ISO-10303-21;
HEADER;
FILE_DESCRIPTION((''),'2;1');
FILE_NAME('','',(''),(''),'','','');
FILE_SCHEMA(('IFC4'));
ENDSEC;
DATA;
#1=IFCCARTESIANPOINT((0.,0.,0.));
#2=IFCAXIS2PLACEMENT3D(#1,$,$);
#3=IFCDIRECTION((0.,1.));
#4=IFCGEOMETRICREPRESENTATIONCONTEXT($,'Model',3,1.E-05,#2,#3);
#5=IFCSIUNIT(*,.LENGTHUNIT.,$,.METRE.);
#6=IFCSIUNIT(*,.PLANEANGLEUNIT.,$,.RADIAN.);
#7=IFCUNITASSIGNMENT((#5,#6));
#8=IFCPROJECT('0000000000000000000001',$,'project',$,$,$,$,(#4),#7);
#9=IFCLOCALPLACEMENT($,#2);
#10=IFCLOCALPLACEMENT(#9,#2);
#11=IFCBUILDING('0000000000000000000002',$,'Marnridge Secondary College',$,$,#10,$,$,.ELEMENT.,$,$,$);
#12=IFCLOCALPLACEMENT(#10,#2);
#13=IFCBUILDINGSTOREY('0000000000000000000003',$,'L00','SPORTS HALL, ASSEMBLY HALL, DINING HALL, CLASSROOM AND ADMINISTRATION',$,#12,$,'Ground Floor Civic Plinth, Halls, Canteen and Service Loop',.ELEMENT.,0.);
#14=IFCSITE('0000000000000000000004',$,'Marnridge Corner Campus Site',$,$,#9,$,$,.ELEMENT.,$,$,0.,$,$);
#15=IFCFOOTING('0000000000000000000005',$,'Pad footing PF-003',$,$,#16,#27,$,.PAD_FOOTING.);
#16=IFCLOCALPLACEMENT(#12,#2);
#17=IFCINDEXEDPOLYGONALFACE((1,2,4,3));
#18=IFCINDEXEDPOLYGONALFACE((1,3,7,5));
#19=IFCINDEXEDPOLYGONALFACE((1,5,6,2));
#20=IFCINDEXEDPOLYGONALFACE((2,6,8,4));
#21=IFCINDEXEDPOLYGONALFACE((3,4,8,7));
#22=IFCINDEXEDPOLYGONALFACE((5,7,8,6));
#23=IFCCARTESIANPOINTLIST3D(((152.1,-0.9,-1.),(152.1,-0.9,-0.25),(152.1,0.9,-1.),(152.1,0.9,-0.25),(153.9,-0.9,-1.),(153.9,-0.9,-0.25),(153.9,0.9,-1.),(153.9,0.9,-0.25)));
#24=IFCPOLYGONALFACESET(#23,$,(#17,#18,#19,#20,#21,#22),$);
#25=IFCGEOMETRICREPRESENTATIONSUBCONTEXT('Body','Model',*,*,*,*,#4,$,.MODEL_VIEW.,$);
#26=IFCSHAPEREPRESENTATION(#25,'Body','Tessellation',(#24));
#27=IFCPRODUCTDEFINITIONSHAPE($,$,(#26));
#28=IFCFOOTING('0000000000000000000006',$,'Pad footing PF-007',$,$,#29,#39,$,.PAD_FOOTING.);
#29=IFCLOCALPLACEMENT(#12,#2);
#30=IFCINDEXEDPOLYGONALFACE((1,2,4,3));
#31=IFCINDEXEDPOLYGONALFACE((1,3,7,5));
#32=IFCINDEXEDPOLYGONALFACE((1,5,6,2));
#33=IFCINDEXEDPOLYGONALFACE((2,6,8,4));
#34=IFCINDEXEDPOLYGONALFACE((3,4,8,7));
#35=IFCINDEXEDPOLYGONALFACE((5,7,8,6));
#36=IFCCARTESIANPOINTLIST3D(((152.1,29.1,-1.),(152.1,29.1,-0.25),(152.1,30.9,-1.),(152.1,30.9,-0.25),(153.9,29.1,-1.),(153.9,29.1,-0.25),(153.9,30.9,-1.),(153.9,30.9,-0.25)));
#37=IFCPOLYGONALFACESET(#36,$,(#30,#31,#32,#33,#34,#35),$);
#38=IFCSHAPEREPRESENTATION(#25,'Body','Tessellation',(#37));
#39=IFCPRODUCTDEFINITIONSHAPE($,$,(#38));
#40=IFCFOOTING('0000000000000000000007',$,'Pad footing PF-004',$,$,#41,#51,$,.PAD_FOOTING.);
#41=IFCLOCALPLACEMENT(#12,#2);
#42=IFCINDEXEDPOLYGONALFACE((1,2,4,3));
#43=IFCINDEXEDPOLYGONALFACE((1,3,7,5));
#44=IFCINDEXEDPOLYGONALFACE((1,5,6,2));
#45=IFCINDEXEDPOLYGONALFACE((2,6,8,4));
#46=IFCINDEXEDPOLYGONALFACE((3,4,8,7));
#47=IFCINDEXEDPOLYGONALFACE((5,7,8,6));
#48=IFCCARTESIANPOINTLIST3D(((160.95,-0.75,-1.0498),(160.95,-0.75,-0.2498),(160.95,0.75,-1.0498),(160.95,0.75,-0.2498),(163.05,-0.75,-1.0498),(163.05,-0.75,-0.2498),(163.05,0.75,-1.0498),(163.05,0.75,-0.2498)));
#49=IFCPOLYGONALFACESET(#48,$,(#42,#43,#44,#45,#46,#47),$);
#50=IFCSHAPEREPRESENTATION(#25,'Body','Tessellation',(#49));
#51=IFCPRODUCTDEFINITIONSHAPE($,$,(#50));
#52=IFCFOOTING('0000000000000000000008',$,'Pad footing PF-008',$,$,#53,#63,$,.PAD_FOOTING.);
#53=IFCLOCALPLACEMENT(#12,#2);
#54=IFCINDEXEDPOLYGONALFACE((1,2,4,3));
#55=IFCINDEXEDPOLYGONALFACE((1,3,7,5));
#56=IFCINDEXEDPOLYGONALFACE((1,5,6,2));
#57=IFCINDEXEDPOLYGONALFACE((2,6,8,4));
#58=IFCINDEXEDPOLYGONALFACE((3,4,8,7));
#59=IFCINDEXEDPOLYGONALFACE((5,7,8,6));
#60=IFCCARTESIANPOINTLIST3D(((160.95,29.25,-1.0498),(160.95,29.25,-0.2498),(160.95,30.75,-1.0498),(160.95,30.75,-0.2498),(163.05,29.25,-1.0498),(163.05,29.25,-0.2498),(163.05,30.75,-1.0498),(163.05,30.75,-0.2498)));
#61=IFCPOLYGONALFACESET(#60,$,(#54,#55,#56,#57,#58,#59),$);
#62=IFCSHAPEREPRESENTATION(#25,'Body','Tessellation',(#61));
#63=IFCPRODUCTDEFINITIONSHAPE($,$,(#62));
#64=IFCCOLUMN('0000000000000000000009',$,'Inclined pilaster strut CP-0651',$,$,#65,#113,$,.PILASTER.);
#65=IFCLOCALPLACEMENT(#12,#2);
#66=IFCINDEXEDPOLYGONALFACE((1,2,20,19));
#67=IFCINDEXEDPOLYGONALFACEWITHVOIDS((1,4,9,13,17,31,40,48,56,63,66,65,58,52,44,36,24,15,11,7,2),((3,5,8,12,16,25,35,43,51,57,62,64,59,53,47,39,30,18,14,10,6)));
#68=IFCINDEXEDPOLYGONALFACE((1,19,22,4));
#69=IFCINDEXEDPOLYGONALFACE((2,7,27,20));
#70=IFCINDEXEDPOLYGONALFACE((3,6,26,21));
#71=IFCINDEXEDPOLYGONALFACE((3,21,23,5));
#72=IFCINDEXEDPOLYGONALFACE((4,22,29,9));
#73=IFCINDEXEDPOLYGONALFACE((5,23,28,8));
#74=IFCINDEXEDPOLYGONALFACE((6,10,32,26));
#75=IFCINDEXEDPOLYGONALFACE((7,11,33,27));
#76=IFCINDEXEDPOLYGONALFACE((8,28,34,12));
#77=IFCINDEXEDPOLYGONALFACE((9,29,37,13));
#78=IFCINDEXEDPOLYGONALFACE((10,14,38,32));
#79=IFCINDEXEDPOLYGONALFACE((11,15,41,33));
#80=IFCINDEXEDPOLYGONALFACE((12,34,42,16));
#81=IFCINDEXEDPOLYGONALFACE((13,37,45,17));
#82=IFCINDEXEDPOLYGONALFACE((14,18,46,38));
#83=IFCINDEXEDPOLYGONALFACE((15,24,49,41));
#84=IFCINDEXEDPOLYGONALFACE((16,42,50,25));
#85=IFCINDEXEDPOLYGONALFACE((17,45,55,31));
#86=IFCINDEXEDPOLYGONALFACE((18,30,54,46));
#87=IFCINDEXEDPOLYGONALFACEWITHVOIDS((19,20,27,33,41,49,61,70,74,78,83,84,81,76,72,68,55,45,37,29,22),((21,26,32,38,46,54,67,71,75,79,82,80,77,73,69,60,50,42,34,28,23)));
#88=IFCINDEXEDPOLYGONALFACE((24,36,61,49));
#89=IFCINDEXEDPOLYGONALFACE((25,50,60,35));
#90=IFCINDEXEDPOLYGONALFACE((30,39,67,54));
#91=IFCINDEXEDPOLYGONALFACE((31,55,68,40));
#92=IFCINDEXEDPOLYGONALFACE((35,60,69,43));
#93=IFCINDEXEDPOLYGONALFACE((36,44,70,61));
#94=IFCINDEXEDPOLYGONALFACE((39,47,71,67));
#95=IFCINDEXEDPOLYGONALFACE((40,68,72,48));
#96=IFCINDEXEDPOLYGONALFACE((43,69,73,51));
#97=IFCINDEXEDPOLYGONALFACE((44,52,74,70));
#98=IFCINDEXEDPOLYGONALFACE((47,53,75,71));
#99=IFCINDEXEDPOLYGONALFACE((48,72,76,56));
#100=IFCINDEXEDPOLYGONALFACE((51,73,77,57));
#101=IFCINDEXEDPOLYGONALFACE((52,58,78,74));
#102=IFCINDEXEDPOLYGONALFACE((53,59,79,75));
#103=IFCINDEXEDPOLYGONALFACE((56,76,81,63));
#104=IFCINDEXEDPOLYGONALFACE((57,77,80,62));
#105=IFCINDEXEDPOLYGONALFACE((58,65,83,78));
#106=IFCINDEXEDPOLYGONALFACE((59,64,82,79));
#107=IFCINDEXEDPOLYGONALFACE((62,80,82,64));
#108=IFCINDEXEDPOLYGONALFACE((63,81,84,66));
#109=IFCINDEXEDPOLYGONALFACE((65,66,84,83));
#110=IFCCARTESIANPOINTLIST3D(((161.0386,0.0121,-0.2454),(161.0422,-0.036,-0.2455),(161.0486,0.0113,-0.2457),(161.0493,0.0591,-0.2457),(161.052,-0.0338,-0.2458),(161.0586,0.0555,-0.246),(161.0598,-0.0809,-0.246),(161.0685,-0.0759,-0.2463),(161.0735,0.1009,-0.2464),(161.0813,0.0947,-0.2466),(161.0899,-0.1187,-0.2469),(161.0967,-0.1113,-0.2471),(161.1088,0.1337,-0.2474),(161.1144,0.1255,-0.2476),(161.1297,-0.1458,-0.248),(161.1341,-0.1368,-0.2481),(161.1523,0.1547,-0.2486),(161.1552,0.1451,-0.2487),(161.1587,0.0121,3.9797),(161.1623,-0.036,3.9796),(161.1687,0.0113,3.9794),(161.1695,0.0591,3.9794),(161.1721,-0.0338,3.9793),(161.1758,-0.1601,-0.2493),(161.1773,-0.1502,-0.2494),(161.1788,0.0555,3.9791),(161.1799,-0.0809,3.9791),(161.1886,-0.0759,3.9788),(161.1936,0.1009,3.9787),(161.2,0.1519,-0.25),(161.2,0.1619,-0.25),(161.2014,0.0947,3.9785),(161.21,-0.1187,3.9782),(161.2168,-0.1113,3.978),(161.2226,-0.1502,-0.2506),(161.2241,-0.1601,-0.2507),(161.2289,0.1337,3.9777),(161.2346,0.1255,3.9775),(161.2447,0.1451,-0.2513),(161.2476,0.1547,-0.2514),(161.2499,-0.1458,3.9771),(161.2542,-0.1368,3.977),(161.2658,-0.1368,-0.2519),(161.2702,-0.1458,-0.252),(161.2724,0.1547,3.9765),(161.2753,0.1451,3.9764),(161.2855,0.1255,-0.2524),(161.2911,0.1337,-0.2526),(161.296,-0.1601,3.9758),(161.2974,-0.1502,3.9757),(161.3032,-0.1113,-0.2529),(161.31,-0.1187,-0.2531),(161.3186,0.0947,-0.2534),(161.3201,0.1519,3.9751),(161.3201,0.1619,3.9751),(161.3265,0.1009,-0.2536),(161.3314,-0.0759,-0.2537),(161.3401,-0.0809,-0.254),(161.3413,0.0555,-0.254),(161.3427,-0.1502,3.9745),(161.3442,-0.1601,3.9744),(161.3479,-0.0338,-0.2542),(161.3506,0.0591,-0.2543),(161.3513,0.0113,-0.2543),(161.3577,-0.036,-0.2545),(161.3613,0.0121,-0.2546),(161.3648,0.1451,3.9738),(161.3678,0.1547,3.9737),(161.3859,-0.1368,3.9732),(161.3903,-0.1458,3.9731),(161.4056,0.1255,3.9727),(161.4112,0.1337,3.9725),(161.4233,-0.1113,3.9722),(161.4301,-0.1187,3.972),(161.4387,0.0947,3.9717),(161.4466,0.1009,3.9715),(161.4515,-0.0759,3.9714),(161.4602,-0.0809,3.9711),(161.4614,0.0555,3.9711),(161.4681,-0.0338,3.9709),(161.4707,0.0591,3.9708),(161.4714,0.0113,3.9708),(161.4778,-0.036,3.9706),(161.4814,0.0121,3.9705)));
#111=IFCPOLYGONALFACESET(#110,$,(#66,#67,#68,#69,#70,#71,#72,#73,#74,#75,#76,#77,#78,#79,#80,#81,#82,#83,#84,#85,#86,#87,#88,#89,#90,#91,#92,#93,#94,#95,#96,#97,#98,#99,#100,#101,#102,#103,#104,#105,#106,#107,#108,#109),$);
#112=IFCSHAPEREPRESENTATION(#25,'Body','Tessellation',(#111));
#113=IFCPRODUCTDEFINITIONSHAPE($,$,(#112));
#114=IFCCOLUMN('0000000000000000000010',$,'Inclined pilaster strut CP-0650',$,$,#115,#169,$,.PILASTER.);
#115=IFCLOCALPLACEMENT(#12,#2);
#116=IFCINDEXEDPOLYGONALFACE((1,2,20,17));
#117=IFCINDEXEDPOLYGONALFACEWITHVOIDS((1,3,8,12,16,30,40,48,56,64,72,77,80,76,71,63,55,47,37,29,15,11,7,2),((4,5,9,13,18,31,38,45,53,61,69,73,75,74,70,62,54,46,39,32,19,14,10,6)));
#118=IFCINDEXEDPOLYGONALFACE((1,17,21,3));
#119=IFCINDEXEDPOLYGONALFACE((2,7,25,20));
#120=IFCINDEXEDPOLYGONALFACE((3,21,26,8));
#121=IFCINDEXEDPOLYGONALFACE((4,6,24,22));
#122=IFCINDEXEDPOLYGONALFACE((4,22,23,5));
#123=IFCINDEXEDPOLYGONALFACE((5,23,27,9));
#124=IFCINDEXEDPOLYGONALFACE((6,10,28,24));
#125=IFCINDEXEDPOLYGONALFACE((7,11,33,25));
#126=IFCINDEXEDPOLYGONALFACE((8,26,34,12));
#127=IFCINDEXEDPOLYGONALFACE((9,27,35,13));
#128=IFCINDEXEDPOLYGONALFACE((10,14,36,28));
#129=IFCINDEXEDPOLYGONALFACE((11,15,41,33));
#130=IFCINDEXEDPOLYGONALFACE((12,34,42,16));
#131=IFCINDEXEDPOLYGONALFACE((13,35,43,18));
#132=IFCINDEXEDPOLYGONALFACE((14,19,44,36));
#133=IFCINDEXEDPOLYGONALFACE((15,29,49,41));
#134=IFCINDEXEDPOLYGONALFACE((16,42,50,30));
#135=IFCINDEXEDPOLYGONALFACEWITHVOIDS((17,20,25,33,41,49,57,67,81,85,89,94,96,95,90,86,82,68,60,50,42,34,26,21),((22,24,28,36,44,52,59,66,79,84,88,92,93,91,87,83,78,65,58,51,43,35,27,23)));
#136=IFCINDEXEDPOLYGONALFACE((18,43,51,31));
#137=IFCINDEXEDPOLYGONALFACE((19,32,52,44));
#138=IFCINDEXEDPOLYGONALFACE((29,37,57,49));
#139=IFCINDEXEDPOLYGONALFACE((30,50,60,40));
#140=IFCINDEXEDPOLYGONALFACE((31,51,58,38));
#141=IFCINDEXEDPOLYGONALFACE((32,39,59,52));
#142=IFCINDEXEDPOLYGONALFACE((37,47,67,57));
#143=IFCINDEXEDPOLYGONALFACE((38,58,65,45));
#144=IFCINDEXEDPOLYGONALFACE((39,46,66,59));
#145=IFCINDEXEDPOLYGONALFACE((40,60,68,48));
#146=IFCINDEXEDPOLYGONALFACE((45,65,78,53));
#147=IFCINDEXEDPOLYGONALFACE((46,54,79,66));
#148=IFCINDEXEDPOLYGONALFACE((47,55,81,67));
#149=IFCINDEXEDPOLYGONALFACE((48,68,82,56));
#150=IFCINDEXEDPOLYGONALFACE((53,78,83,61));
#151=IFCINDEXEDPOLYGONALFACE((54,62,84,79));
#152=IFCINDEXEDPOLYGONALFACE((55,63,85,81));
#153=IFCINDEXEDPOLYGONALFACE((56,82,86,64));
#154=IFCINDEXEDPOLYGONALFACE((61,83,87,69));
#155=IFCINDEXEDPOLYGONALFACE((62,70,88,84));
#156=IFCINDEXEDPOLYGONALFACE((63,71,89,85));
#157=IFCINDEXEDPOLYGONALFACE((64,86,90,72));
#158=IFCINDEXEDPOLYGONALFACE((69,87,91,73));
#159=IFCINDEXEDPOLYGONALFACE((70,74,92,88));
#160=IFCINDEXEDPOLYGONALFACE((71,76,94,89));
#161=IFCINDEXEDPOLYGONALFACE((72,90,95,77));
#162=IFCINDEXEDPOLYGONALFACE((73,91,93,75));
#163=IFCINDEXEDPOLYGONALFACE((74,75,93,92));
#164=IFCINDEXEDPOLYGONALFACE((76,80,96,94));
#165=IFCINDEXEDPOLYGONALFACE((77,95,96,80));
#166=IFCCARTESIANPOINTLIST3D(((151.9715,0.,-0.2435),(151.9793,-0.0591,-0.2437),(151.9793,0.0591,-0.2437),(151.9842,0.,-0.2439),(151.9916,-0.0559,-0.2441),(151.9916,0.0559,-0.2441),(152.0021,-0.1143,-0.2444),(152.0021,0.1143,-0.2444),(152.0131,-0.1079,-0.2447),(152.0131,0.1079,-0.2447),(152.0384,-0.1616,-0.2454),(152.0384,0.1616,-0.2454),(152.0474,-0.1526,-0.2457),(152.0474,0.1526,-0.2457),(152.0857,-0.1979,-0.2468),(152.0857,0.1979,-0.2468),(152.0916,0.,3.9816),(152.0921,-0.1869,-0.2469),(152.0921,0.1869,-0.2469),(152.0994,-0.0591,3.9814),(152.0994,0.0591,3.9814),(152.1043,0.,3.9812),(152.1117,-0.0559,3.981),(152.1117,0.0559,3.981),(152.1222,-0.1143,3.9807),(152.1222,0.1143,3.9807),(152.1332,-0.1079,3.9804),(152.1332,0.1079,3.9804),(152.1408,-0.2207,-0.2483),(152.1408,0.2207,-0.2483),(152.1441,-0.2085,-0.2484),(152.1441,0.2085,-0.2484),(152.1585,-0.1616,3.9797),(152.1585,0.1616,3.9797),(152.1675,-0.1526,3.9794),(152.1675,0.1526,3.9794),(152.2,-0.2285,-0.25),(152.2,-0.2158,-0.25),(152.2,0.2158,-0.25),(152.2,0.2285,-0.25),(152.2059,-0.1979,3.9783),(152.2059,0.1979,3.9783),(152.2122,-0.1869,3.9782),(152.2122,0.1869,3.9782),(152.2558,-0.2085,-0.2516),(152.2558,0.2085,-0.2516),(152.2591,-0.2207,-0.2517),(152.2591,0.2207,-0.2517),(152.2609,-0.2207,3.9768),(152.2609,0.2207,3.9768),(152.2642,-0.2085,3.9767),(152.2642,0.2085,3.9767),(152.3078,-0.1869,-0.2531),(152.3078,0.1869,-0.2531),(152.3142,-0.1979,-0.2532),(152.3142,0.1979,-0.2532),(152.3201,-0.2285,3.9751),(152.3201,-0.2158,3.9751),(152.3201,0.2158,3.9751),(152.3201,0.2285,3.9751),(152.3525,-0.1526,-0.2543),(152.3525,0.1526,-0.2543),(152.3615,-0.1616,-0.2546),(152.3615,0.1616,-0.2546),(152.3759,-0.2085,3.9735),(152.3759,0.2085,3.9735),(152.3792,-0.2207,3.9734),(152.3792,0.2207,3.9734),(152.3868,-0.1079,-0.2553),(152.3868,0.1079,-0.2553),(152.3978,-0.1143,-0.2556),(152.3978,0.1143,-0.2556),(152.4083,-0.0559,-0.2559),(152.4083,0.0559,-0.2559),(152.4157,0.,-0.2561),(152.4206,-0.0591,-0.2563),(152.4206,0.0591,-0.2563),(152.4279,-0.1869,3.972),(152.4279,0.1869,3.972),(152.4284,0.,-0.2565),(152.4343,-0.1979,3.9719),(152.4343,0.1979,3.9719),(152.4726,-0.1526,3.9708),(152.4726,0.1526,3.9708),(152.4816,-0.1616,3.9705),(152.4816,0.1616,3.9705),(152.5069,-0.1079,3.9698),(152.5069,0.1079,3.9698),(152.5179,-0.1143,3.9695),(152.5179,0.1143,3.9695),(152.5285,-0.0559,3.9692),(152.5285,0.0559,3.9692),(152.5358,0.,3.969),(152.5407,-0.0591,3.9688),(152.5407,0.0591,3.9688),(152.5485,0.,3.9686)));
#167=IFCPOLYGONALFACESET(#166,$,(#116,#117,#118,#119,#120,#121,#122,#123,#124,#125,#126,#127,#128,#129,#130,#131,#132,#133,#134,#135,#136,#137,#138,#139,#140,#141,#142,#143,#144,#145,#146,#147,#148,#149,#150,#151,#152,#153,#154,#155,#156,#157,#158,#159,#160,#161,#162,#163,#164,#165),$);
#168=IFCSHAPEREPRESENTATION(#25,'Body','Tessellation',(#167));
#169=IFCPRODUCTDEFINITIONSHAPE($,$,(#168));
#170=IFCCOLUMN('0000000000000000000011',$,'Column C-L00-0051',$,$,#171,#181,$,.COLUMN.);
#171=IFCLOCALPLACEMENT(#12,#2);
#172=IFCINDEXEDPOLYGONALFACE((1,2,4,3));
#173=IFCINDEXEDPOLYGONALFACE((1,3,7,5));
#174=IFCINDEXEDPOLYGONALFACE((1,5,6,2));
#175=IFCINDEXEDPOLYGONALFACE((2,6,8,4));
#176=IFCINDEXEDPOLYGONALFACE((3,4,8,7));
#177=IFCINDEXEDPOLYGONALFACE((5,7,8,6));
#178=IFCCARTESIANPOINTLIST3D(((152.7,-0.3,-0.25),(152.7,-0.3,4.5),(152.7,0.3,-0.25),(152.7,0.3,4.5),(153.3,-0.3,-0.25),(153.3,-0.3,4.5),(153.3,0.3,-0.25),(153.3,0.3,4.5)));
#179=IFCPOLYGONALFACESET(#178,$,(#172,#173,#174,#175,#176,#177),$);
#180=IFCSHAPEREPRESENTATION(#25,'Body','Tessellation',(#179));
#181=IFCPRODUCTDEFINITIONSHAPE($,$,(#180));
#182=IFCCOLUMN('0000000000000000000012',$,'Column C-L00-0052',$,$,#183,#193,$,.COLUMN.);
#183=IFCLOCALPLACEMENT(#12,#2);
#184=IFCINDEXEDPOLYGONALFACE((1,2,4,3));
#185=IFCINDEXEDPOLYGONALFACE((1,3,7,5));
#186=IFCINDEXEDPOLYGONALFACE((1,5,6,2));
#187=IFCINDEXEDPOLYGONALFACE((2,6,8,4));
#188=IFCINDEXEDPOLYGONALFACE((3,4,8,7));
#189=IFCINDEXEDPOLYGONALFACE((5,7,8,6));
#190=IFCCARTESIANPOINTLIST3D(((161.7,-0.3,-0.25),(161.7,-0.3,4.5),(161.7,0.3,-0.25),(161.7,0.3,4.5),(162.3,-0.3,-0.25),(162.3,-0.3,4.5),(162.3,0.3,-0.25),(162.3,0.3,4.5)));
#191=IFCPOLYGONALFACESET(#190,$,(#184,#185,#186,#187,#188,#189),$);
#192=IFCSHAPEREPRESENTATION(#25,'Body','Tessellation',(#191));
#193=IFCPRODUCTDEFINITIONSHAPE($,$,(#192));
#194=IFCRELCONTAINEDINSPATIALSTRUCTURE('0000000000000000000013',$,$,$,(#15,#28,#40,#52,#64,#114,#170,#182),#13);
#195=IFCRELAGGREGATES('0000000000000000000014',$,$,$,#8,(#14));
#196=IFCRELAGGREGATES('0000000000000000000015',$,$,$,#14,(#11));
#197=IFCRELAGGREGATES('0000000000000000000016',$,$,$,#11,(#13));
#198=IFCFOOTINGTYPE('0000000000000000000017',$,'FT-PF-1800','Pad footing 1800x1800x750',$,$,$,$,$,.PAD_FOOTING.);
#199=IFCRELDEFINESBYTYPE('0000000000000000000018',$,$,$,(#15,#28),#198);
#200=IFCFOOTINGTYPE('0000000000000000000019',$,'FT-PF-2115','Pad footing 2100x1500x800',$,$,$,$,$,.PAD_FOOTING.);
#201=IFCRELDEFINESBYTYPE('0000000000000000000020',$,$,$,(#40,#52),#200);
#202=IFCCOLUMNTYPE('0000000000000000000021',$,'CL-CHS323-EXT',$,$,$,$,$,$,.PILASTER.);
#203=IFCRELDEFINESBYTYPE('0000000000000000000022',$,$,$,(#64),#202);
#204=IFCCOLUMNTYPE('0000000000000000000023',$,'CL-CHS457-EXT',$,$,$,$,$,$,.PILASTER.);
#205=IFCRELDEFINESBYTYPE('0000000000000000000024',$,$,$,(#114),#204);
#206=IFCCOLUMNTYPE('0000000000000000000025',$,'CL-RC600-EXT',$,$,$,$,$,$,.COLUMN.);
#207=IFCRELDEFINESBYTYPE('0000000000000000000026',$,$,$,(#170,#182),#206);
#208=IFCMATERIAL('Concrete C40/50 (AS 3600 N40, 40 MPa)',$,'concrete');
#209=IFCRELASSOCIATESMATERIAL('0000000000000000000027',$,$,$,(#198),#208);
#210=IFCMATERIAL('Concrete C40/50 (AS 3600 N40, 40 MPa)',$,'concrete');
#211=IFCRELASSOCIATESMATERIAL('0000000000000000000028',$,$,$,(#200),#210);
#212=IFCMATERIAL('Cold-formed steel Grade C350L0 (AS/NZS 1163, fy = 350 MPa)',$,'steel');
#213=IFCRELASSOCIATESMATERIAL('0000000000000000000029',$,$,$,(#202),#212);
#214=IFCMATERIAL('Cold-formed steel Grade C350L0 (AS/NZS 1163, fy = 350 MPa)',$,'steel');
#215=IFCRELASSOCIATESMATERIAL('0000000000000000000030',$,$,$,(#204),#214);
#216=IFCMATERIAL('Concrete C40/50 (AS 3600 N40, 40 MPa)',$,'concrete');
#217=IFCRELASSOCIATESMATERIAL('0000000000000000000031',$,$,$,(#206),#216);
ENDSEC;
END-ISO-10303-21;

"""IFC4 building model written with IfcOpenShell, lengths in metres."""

from ifc_helpers import new_model, si_unit, direction, frame, origin, origin_2d, place, context, subcontext, project, spatial, rectangle, hollow_circle, extrude, material, material_profile, profile_set, type_object, element, save


model = new_model("IFC4")

# Units and contexts
model_context = context("Model", 3, precision=1e-05, world=origin(), true_north=direction((0.0, 1.0)))
body_context = subcontext(model_context, "Body", "Model", "MODEL_VIEW")
ifc_project = project(units=[si_unit("LENGTHUNIT", "METRE"), si_unit("PLANEANGLEUNIT", "RADIAN")], contexts=[model_context])

# Site, building, storey
site_placement = place(None, origin())
site = spatial("IfcSite", under=ifc_project, at=site_placement, Name="Marnridge Corner Campus Site", CompositionType="ELEMENT", RefElevation=0.0)
building_placement = place(site_placement, origin())
building = spatial("IfcBuilding", under=site, at=building_placement, Name="Marnridge Secondary College", CompositionType="ELEMENT")
storey_placement = place(building_placement, origin())
storey = spatial("IfcBuildingStorey", under=building, at=storey_placement, Name="L00", Description="SPORTS HALL, ASSEMBLY HALL, DINING HALL, CLASSROOM AND ADMINISTRATION", LongName="Ground Floor Civic Plinth, Halls, Canteen and Service Loop", CompositionType="ELEMENT", Elevation=0.0)

# Footings
ifc_material_1 = material(Name="Concrete C40/50 (AS 3600 N40, 40 MPa)", Category="concrete")
footing_type_1 = type_object("IfcFootingType", Name="FT-PF-1800", Description="Pad footing 1800x1800x750", PredefinedType="PAD_FOOTING", material=ifc_material_1)
for number, where, z_axis, x_axis, name in (
    (1, (153.0, 0.0, -1.0), (0.0, 0.0, 1.0), (1.0, 0.0, 0.0), "Pad footing PF-003"),
    (2, (153.0, 30.0, -1.0), (0.0, 0.0, 1.0), (1.0, 0.0, 0.0), "Pad footing PF-007"),
):
    element("IfcFooting", number, at=place(storey_placement, frame(where, z_axis=z_axis, x_axis=x_axis)), inside=storey, type_object=footing_type_1, Name=name, PredefinedType="PAD_FOOTING", context=body_context, shape_type="SweptSolid", body=[
        extrude(rectangle(XDim=1.8, YDim=1.8, at=origin_2d()), origin(), (0.0, 0.0, 1.0), 0.75),
    ])
ifc_material_2 = material(Name="Concrete C40/50 (AS 3600 N40, 40 MPa)", Category="concrete")
footing_type_2 = type_object("IfcFootingType", Name="FT-PF-2115", Description="Pad footing 2100x1500x800", PredefinedType="PAD_FOOTING", material=ifc_material_2)
for number, where, z_axis, x_axis, name in (
    (3, (162.0, 0.0, -1.0498), (0.0, 0.0, 1.0), (1.0, 0.0, 0.0), "Pad footing PF-004"),
    (4, (162.0, 30.0, -1.0498), (0.0, 0.0, 1.0), (1.0, 0.0, 0.0), "Pad footing PF-008"),
):
    element("IfcFooting", number, at=place(storey_placement, frame(where, z_axis=z_axis, x_axis=x_axis)), inside=storey, type_object=footing_type_2, Name=name, PredefinedType="PAD_FOOTING", context=body_context, shape_type="SweptSolid", body=[
        extrude(rectangle(XDim=2.1001, YDim=1.5, at=origin_2d()), origin(), (0.0, 0.0, 1.0), 0.8),
    ])

# Columns
ifc_material_3 = material(Name="Cold-formed steel Grade C350L0 (AS/NZS 1163, fy = 350 MPa)", Category="steel")
ifc_material_profile_1 = material_profile(ifc_material_3, hollow_circle(Radius=0.1619, WallThickness=0.01, at=origin_2d()), Name="323.9x10.0CHS")
ifc_profile_set_1 = profile_set([ifc_material_profile_1], Name="Cold-formed steel Grade C350L0 (AS/NZS 1163, fy = 350 MPa)")
column_type_1 = type_object("IfcColumnType", Name="CL-CHS323-EXT", PredefinedType="PILASTER", material=ifc_profile_set_1)
column_1_placement = place(storey_placement, frame((161.2, 0.0, -0.25), z_axis=(0.028418, 0.0, 0.999596), x_axis=(0.0, 1.0, 0.0)))
element("IfcColumn", 5, at=column_1_placement, inside=storey, type_object=column_type_1, Name="Inclined pilaster strut CP-0651", PredefinedType="PILASTER", context=body_context, shape_type="SweptSolid", body=[
    extrude(hollow_circle(Radius=0.1619, WallThickness=0.01, at=origin_2d()), origin(), (0.0, 0.0, 1.0), 4.2268),
])
ifc_material_4 = material(Name="Cold-formed steel Grade C350L0 (AS/NZS 1163, fy = 350 MPa)", Category="steel")
ifc_material_profile_2 = material_profile(ifc_material_4, hollow_circle(Radius=0.2285, WallThickness=0.0127, at=origin_2d()), Name="457.0x12.7CHS")
ifc_profile_set_2 = profile_set([ifc_material_profile_2], Name="Cold-formed steel Grade C350L0 (AS/NZS 1163, fy = 350 MPa)")
column_type_2 = type_object("IfcColumnType", Name="CL-CHS457-EXT", PredefinedType="PILASTER", material=ifc_profile_set_2)
column_2_placement = place(storey_placement, frame((152.2, 0.0, -0.25), z_axis=(0.028418, 0.0, 0.999596), x_axis=(0.0, 1.0, 0.0)))
element("IfcColumn", 6, at=column_2_placement, inside=storey, type_object=column_type_2, Name="Inclined pilaster strut CP-0650", PredefinedType="PILASTER", context=body_context, shape_type="SweptSolid", body=[
    extrude(hollow_circle(Radius=0.2285, WallThickness=0.0127, at=origin_2d()), origin(), (0.0, 0.0, 1.0), 4.2268),
])
ifc_material_5 = material(Name="Concrete C40/50 (AS 3600 N40, 40 MPa)", Category="concrete")
ifc_material_profile_3 = material_profile(ifc_material_5, rectangle(XDim=0.6001, YDim=0.6001, at=origin_2d()), Name="RC 600x600")
ifc_profile_set_3 = profile_set([ifc_material_profile_3], Name="Concrete C40/50 (AS 3600 N40, 40 MPa)")
column_type_3 = type_object("IfcColumnType", Name="CL-RC600-EXT", PredefinedType="COLUMN", material=ifc_profile_set_3)
for number, where, z_axis, x_axis, name in (
    (7, (153.0, 0.0, -0.25), (0.0, 0.0, 1.0), (1.0, 0.0, 0.0), "Column C-L00-0051"),
    (8, (162.0, 0.0, -0.25), (0.0, 0.0, 1.0), (1.0, 0.0, 0.0), "Column C-L00-0052"),
):
    element("IfcColumn", number, at=place(storey_placement, frame(where, z_axis=z_axis, x_axis=x_axis)), inside=storey, type_object=column_type_3, Name=name, PredefinedType="COLUMN", context=body_context, shape_type="SweptSolid", body=[
        extrude(rectangle(XDim=0.6001, YDim=0.6001, at=origin_2d()), origin(), (0.0, 0.0, 1.0), 4.75),
    ])

save(model, "model.ifc")
